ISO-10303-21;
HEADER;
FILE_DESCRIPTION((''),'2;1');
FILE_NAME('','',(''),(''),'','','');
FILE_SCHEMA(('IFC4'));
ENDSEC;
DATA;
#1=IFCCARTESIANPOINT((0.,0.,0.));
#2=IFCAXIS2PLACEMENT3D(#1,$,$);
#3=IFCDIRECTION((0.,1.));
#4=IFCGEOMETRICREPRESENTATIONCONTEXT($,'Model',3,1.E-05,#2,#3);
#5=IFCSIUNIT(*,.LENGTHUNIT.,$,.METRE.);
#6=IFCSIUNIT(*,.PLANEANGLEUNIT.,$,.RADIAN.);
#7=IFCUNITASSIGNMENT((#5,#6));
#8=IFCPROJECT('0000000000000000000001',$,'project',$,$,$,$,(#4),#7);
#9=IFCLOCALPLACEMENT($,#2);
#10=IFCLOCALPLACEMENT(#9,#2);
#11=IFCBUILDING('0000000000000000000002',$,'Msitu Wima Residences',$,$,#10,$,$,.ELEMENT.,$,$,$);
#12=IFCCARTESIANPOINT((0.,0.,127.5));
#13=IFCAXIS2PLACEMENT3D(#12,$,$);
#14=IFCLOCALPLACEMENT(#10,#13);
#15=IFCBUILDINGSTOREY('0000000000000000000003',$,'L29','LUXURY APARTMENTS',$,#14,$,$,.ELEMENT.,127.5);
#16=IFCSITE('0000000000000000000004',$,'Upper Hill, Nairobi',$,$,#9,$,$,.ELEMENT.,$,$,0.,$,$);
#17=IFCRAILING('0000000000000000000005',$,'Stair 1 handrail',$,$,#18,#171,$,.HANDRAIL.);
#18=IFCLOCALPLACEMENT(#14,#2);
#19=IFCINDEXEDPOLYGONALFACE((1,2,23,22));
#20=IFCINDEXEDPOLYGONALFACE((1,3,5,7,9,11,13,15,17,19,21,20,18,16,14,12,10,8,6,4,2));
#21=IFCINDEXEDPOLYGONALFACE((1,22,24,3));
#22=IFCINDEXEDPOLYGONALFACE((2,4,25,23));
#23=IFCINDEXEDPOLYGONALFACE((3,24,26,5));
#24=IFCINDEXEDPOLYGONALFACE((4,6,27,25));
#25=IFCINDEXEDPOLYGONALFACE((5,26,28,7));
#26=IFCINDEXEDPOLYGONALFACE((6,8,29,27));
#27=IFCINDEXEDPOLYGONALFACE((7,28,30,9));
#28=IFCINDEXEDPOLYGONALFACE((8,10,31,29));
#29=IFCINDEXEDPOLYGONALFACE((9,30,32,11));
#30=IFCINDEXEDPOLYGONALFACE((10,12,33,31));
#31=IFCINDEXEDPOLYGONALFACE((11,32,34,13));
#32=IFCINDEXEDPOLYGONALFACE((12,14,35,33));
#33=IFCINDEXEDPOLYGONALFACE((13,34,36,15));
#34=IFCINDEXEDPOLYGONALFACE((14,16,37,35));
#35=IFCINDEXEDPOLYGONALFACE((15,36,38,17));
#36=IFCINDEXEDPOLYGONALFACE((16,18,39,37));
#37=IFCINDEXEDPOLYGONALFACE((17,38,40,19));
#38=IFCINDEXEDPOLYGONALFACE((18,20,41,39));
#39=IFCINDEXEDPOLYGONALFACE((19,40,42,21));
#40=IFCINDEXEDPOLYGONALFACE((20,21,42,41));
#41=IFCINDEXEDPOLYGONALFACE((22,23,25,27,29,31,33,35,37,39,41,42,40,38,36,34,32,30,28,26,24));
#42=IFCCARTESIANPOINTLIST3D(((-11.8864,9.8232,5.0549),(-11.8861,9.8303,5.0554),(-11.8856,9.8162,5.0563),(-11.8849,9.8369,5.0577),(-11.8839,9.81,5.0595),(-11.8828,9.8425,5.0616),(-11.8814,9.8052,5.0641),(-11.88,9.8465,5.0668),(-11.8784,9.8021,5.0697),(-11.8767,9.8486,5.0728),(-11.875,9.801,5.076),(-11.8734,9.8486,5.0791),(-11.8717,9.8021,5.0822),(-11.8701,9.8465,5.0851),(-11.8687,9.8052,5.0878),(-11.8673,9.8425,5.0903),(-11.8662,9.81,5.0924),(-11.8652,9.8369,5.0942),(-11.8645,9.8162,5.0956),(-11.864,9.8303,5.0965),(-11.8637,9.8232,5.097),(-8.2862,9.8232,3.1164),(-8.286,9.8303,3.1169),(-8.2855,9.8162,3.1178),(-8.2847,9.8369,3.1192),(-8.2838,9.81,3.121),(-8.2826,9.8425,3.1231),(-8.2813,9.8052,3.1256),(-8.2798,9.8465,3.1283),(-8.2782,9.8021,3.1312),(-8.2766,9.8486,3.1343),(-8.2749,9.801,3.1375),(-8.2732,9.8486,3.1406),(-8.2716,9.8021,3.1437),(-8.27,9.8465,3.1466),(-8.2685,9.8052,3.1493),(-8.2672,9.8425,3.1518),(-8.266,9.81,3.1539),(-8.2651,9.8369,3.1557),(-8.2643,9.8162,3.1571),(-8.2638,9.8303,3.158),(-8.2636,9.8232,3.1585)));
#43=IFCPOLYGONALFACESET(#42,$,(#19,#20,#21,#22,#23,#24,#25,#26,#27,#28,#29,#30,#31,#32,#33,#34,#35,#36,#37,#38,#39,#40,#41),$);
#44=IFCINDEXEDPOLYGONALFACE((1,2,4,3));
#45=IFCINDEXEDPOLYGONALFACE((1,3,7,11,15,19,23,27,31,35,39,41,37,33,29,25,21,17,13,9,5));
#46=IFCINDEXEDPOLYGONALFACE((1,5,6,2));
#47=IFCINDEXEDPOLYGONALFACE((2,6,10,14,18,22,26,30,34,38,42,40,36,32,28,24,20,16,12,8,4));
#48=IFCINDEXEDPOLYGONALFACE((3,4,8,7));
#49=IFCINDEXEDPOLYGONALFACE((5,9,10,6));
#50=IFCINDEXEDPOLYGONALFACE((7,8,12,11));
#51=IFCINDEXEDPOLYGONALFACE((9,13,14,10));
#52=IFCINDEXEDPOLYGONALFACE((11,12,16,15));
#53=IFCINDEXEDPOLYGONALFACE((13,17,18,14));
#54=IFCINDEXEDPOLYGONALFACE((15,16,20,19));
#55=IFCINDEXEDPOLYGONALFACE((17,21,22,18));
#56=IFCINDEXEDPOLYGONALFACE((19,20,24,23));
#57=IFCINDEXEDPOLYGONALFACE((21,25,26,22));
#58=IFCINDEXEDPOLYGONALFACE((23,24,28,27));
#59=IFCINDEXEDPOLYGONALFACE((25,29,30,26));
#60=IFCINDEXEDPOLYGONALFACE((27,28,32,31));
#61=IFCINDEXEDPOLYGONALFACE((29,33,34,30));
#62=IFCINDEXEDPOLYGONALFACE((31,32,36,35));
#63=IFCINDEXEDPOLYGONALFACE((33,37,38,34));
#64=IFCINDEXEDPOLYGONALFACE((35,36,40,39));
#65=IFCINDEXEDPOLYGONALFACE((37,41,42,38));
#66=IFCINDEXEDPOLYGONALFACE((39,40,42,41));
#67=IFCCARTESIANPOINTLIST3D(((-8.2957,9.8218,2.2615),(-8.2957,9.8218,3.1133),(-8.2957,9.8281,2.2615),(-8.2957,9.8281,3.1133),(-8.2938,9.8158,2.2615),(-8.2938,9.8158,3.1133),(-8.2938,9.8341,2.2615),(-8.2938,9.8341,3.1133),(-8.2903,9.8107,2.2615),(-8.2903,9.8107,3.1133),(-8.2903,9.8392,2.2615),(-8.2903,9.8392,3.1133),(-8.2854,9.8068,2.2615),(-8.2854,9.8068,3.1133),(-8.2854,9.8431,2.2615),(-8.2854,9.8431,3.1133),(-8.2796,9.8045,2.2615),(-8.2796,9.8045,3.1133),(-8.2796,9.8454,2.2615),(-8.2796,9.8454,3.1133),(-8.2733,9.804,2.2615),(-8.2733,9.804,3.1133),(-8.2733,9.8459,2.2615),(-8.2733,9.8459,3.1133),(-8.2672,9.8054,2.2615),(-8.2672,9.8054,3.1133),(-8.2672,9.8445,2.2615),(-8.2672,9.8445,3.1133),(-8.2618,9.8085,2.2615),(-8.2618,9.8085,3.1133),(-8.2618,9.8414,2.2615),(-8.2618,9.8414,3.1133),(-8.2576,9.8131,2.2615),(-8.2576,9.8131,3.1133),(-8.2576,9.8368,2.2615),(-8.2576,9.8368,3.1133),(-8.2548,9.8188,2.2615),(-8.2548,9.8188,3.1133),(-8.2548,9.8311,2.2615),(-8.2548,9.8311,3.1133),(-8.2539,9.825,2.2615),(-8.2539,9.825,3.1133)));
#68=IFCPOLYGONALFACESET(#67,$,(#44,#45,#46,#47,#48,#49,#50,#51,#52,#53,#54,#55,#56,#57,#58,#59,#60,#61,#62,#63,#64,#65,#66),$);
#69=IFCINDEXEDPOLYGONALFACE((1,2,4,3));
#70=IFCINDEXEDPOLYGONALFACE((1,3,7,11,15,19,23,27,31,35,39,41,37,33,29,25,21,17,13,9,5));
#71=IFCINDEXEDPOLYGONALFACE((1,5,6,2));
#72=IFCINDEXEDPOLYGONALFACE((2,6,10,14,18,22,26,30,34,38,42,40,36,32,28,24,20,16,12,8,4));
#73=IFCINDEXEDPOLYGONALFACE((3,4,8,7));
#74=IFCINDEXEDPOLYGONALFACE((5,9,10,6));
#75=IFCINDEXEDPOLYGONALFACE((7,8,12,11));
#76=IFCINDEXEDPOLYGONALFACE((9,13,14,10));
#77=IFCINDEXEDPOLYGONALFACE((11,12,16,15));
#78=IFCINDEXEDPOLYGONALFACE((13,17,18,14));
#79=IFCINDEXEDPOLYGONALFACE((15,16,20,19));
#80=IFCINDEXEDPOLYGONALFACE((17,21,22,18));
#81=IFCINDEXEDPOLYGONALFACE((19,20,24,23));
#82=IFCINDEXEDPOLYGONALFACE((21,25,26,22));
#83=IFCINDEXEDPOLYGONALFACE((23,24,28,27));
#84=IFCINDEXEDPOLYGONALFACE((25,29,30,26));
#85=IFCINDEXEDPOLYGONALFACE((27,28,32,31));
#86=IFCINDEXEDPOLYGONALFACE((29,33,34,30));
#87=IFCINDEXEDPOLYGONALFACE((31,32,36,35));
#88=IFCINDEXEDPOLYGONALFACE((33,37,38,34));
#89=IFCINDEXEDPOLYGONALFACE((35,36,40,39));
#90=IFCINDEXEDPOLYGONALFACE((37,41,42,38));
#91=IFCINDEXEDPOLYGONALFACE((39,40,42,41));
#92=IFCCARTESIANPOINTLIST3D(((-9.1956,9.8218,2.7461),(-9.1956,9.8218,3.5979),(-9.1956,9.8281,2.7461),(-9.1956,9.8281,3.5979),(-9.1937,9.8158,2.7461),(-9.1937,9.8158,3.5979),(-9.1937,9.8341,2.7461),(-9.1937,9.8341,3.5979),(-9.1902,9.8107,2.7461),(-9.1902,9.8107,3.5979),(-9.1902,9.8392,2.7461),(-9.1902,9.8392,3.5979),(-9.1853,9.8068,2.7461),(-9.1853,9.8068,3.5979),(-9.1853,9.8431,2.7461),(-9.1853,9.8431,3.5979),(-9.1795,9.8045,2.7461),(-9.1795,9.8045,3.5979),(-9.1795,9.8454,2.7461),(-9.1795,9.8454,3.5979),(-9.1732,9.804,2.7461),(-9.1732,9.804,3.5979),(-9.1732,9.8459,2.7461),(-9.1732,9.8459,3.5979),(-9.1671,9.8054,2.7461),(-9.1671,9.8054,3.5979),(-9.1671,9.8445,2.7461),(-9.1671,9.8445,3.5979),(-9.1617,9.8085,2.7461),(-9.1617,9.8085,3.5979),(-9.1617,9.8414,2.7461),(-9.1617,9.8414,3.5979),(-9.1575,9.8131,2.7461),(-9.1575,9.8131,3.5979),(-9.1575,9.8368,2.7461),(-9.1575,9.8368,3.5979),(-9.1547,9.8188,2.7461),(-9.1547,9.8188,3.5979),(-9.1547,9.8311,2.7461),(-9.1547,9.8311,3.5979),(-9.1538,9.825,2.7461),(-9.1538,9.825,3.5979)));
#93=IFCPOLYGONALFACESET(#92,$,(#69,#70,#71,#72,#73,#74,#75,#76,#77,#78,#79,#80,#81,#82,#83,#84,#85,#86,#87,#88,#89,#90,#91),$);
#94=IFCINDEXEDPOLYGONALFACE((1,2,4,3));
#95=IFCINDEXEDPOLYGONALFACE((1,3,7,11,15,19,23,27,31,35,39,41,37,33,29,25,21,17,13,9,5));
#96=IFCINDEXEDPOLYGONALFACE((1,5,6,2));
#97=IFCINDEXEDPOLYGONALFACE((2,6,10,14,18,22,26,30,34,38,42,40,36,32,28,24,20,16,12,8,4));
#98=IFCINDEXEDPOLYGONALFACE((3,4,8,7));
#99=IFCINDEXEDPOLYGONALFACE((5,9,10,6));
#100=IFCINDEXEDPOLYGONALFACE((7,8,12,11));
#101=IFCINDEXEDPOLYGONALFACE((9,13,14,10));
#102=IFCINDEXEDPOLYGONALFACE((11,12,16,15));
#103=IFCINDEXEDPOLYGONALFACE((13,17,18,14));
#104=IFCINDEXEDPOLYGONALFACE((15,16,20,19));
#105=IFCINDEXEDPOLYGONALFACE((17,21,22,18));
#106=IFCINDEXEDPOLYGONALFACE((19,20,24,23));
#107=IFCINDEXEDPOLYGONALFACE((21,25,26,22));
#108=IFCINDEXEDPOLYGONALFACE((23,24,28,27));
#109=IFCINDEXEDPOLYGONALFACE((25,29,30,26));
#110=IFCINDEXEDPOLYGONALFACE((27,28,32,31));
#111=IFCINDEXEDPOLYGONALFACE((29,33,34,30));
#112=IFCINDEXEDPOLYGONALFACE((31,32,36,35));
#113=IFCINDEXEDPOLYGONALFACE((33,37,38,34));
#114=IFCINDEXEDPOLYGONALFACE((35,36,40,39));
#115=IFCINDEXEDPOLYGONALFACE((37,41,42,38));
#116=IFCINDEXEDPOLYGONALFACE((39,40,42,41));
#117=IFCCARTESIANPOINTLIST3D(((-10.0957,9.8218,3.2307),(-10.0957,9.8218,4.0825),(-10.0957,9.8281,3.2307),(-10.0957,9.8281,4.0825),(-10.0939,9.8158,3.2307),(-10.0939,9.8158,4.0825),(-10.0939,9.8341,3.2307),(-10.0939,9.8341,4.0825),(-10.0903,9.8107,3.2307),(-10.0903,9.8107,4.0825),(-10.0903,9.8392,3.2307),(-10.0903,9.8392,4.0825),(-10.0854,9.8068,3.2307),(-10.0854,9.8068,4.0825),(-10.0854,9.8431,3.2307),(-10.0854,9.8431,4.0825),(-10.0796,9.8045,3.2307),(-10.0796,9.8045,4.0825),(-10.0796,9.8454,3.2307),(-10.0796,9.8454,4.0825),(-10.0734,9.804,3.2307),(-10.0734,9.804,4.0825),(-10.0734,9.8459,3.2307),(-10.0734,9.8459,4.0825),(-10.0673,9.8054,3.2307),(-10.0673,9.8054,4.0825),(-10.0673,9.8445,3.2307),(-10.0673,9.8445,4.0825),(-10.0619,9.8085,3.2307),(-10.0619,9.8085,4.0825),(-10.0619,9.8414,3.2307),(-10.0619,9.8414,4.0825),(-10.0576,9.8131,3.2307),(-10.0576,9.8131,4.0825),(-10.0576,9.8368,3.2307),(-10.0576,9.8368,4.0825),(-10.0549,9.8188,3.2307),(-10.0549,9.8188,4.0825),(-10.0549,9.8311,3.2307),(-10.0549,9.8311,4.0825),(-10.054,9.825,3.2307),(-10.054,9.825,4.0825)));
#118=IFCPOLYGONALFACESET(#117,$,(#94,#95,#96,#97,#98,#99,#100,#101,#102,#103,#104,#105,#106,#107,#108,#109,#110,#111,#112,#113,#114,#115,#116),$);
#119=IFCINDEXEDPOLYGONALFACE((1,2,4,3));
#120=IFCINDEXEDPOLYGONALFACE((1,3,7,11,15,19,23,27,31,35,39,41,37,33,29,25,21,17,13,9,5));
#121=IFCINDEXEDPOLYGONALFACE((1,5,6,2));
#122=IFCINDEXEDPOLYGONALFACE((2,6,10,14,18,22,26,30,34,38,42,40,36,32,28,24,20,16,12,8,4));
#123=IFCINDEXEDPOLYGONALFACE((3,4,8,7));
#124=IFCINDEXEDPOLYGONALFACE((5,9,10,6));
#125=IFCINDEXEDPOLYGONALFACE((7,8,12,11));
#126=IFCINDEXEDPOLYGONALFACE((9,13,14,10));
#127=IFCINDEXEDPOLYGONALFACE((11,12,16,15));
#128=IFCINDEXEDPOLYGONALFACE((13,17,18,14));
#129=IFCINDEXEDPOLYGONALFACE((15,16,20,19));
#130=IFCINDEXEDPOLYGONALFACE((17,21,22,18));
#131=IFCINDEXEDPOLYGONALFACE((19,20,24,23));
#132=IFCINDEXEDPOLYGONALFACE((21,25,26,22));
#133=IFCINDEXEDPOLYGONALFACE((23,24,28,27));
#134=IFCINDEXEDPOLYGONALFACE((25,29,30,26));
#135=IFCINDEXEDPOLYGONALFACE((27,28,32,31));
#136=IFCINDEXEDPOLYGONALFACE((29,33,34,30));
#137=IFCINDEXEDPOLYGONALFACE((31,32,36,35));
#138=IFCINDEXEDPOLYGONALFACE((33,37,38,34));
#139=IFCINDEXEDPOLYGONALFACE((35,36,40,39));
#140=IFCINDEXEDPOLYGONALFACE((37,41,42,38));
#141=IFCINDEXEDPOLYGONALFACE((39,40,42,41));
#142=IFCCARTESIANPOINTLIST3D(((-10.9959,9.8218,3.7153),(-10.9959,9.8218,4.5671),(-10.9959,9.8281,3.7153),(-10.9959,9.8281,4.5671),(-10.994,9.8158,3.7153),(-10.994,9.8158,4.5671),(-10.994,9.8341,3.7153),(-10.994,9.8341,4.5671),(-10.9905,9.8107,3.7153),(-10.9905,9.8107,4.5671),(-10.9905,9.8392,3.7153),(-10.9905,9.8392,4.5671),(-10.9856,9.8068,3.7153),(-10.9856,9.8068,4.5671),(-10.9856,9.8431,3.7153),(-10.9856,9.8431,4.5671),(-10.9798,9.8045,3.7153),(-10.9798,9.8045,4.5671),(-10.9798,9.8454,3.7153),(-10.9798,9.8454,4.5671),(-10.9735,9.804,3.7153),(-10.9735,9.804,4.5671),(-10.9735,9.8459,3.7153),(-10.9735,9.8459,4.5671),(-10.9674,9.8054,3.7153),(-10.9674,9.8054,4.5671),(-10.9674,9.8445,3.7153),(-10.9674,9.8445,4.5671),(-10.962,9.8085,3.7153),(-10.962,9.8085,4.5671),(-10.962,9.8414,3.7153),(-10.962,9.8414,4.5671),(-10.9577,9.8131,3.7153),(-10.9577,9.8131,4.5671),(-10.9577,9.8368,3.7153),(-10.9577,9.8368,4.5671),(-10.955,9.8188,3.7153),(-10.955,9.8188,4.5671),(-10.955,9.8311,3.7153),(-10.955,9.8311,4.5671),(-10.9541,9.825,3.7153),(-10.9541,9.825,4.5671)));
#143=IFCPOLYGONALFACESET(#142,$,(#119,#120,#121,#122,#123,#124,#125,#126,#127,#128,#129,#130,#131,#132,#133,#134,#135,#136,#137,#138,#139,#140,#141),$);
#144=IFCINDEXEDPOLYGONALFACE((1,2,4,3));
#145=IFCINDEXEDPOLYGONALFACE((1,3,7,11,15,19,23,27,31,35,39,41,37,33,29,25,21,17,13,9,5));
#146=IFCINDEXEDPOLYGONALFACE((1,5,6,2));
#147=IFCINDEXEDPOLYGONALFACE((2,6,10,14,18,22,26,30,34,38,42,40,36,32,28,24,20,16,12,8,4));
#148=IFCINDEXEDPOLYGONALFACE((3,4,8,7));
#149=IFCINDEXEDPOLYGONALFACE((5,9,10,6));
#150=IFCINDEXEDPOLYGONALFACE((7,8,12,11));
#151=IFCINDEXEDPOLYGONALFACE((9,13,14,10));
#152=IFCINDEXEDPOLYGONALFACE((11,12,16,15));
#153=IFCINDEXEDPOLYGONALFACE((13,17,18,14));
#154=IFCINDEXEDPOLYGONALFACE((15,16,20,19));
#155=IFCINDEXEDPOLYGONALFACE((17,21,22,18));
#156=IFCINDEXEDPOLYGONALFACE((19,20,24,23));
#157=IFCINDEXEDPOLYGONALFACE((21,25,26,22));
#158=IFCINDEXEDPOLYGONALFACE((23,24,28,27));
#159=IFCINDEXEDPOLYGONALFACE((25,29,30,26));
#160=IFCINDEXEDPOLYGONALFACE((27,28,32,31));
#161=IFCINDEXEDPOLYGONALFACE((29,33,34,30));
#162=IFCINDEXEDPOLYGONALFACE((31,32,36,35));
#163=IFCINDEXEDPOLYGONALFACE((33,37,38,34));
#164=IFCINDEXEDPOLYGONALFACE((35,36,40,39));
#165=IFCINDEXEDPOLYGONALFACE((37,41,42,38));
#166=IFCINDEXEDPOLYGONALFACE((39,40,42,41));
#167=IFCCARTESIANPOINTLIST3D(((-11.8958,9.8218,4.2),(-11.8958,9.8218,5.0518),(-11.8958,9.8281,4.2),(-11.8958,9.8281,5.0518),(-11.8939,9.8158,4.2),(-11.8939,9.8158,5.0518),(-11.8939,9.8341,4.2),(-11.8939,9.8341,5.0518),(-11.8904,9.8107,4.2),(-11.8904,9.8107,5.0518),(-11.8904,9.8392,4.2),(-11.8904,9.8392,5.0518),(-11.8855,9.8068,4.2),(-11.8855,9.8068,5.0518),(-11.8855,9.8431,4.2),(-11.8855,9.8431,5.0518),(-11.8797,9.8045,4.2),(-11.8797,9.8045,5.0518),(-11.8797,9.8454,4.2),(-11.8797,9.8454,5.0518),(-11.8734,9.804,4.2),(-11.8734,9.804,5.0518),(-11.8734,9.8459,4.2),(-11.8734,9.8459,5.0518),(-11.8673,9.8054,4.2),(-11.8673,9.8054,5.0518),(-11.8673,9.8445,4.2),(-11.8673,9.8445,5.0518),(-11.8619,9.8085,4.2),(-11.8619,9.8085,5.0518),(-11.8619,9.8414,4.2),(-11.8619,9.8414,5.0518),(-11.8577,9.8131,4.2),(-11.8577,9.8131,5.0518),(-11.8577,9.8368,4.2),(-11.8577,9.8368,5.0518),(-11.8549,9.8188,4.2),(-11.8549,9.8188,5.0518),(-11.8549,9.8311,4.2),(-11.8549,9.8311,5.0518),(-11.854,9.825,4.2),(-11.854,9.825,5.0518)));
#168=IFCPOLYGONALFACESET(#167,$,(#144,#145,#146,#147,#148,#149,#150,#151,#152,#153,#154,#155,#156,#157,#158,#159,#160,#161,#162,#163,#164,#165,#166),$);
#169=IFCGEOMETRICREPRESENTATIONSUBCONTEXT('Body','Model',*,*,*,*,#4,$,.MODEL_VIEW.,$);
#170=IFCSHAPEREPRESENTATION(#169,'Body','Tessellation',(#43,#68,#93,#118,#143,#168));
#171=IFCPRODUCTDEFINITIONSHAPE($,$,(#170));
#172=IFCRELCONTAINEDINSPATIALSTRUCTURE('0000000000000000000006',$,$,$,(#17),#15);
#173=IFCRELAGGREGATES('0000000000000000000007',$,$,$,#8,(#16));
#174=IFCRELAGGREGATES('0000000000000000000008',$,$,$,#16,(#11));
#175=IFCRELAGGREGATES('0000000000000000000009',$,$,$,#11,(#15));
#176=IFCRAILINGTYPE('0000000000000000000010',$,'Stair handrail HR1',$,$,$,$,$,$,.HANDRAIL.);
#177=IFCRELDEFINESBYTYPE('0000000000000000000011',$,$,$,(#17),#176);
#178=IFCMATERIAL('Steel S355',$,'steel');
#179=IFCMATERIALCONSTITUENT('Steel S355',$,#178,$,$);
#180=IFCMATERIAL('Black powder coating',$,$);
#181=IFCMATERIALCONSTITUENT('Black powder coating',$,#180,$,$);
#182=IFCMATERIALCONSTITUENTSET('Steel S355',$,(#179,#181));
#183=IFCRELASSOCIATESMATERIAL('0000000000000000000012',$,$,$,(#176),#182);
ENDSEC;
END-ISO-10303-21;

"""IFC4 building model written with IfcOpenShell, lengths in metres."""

from ifc_helpers import new_model, si_unit, direction, frame, origin, origin_2d, place, context, subcontext, project, spatial, circle, extrude, material, constituent, constituent_set, type_object, element, save


model = new_model("IFC4")

# Units and contexts
model_context = context("Model", 3, precision=1e-05, world=origin(), true_north=direction((0.0, 1.0)))
body_context = subcontext(model_context, "Body", "Model", "MODEL_VIEW")
ifc_project = project(units=[si_unit("LENGTHUNIT", "METRE"), si_unit("PLANEANGLEUNIT", "RADIAN")], contexts=[model_context])

# Site, building, storey
site_placement = place(None, origin())
site = spatial("IfcSite", under=ifc_project, at=site_placement, Name="Upper Hill, Nairobi", CompositionType="ELEMENT", RefElevation=0.0)
building_placement = place(site_placement, origin())
building = spatial("IfcBuilding", under=site, at=building_placement, Name="Msitu Wima Residences", CompositionType="ELEMENT")
storey_placement = place(building_placement, frame((0.0, 0.0, 127.5)))
storey = spatial("IfcBuildingStorey", under=building, at=storey_placement, Name="L29", Description="LUXURY APARTMENTS", CompositionType="ELEMENT", Elevation=127.5)

# Railing
ifc_material_1 = material(Name="Steel S355", Category="steel")
ifc_constituent_1 = constituent(ifc_material_1, Name="Steel S355")
ifc_material_2 = material(Name="Black powder coating")
ifc_constituent_2 = constituent(ifc_material_2, Name="Black powder coating")
ifc_constituent_set = constituent_set(constituents=[ifc_constituent_1, ifc_constituent_2], Name="Steel S355")
railing_type = type_object("IfcRailingType", Name="Stair handrail HR1", PredefinedType="HANDRAIL", material=ifc_constituent_set)
for number, where, name in (
    (1, (-8.2749, 9.825, 2.2615), "Stair 1 handrail"),
):
    element("IfcRailing", number, at=place(storey_placement, frame(where)), inside=storey, type_object=railing_type, Name=name, PredefinedType="HANDRAIL", context=body_context, shape_type="SweptSolid", body=[
        extrude(circle(Radius=0.0239, at=origin_2d()), frame((0.0, 0.0, 0.876), z_axis=(-0.880475, 0.0, 0.474093), x_axis=(0.0, -1.0, 0.0)), (0.0, 0.0, 1.0), 4.0889),
        extrude(circle(Radius=0.021, at=origin_2d()), origin(), (0.0, 0.0, 1.0), 0.8518),
        extrude(circle(Radius=0.021, at=origin_2d()), frame((-0.8999, 0.0, 0.4846)), (0.0, 0.0, 1.0), 0.8518),
        extrude(circle(Radius=0.021, at=origin_2d()), frame((-1.8, 0.0, 0.9692)), (0.0, 0.0, 1.0), 0.8518),
        extrude(circle(Radius=0.021, at=origin_2d()), frame((-2.7002, 0.0, 1.4539)), (0.0, 0.0, 1.0), 0.8518),
        extrude(circle(Radius=0.021, at=origin_2d()), frame((-3.6001, 0.0, 1.9385)), (0.0, 0.0, 1.0), 0.8518),
    ])

save(model, "model.ifc")
